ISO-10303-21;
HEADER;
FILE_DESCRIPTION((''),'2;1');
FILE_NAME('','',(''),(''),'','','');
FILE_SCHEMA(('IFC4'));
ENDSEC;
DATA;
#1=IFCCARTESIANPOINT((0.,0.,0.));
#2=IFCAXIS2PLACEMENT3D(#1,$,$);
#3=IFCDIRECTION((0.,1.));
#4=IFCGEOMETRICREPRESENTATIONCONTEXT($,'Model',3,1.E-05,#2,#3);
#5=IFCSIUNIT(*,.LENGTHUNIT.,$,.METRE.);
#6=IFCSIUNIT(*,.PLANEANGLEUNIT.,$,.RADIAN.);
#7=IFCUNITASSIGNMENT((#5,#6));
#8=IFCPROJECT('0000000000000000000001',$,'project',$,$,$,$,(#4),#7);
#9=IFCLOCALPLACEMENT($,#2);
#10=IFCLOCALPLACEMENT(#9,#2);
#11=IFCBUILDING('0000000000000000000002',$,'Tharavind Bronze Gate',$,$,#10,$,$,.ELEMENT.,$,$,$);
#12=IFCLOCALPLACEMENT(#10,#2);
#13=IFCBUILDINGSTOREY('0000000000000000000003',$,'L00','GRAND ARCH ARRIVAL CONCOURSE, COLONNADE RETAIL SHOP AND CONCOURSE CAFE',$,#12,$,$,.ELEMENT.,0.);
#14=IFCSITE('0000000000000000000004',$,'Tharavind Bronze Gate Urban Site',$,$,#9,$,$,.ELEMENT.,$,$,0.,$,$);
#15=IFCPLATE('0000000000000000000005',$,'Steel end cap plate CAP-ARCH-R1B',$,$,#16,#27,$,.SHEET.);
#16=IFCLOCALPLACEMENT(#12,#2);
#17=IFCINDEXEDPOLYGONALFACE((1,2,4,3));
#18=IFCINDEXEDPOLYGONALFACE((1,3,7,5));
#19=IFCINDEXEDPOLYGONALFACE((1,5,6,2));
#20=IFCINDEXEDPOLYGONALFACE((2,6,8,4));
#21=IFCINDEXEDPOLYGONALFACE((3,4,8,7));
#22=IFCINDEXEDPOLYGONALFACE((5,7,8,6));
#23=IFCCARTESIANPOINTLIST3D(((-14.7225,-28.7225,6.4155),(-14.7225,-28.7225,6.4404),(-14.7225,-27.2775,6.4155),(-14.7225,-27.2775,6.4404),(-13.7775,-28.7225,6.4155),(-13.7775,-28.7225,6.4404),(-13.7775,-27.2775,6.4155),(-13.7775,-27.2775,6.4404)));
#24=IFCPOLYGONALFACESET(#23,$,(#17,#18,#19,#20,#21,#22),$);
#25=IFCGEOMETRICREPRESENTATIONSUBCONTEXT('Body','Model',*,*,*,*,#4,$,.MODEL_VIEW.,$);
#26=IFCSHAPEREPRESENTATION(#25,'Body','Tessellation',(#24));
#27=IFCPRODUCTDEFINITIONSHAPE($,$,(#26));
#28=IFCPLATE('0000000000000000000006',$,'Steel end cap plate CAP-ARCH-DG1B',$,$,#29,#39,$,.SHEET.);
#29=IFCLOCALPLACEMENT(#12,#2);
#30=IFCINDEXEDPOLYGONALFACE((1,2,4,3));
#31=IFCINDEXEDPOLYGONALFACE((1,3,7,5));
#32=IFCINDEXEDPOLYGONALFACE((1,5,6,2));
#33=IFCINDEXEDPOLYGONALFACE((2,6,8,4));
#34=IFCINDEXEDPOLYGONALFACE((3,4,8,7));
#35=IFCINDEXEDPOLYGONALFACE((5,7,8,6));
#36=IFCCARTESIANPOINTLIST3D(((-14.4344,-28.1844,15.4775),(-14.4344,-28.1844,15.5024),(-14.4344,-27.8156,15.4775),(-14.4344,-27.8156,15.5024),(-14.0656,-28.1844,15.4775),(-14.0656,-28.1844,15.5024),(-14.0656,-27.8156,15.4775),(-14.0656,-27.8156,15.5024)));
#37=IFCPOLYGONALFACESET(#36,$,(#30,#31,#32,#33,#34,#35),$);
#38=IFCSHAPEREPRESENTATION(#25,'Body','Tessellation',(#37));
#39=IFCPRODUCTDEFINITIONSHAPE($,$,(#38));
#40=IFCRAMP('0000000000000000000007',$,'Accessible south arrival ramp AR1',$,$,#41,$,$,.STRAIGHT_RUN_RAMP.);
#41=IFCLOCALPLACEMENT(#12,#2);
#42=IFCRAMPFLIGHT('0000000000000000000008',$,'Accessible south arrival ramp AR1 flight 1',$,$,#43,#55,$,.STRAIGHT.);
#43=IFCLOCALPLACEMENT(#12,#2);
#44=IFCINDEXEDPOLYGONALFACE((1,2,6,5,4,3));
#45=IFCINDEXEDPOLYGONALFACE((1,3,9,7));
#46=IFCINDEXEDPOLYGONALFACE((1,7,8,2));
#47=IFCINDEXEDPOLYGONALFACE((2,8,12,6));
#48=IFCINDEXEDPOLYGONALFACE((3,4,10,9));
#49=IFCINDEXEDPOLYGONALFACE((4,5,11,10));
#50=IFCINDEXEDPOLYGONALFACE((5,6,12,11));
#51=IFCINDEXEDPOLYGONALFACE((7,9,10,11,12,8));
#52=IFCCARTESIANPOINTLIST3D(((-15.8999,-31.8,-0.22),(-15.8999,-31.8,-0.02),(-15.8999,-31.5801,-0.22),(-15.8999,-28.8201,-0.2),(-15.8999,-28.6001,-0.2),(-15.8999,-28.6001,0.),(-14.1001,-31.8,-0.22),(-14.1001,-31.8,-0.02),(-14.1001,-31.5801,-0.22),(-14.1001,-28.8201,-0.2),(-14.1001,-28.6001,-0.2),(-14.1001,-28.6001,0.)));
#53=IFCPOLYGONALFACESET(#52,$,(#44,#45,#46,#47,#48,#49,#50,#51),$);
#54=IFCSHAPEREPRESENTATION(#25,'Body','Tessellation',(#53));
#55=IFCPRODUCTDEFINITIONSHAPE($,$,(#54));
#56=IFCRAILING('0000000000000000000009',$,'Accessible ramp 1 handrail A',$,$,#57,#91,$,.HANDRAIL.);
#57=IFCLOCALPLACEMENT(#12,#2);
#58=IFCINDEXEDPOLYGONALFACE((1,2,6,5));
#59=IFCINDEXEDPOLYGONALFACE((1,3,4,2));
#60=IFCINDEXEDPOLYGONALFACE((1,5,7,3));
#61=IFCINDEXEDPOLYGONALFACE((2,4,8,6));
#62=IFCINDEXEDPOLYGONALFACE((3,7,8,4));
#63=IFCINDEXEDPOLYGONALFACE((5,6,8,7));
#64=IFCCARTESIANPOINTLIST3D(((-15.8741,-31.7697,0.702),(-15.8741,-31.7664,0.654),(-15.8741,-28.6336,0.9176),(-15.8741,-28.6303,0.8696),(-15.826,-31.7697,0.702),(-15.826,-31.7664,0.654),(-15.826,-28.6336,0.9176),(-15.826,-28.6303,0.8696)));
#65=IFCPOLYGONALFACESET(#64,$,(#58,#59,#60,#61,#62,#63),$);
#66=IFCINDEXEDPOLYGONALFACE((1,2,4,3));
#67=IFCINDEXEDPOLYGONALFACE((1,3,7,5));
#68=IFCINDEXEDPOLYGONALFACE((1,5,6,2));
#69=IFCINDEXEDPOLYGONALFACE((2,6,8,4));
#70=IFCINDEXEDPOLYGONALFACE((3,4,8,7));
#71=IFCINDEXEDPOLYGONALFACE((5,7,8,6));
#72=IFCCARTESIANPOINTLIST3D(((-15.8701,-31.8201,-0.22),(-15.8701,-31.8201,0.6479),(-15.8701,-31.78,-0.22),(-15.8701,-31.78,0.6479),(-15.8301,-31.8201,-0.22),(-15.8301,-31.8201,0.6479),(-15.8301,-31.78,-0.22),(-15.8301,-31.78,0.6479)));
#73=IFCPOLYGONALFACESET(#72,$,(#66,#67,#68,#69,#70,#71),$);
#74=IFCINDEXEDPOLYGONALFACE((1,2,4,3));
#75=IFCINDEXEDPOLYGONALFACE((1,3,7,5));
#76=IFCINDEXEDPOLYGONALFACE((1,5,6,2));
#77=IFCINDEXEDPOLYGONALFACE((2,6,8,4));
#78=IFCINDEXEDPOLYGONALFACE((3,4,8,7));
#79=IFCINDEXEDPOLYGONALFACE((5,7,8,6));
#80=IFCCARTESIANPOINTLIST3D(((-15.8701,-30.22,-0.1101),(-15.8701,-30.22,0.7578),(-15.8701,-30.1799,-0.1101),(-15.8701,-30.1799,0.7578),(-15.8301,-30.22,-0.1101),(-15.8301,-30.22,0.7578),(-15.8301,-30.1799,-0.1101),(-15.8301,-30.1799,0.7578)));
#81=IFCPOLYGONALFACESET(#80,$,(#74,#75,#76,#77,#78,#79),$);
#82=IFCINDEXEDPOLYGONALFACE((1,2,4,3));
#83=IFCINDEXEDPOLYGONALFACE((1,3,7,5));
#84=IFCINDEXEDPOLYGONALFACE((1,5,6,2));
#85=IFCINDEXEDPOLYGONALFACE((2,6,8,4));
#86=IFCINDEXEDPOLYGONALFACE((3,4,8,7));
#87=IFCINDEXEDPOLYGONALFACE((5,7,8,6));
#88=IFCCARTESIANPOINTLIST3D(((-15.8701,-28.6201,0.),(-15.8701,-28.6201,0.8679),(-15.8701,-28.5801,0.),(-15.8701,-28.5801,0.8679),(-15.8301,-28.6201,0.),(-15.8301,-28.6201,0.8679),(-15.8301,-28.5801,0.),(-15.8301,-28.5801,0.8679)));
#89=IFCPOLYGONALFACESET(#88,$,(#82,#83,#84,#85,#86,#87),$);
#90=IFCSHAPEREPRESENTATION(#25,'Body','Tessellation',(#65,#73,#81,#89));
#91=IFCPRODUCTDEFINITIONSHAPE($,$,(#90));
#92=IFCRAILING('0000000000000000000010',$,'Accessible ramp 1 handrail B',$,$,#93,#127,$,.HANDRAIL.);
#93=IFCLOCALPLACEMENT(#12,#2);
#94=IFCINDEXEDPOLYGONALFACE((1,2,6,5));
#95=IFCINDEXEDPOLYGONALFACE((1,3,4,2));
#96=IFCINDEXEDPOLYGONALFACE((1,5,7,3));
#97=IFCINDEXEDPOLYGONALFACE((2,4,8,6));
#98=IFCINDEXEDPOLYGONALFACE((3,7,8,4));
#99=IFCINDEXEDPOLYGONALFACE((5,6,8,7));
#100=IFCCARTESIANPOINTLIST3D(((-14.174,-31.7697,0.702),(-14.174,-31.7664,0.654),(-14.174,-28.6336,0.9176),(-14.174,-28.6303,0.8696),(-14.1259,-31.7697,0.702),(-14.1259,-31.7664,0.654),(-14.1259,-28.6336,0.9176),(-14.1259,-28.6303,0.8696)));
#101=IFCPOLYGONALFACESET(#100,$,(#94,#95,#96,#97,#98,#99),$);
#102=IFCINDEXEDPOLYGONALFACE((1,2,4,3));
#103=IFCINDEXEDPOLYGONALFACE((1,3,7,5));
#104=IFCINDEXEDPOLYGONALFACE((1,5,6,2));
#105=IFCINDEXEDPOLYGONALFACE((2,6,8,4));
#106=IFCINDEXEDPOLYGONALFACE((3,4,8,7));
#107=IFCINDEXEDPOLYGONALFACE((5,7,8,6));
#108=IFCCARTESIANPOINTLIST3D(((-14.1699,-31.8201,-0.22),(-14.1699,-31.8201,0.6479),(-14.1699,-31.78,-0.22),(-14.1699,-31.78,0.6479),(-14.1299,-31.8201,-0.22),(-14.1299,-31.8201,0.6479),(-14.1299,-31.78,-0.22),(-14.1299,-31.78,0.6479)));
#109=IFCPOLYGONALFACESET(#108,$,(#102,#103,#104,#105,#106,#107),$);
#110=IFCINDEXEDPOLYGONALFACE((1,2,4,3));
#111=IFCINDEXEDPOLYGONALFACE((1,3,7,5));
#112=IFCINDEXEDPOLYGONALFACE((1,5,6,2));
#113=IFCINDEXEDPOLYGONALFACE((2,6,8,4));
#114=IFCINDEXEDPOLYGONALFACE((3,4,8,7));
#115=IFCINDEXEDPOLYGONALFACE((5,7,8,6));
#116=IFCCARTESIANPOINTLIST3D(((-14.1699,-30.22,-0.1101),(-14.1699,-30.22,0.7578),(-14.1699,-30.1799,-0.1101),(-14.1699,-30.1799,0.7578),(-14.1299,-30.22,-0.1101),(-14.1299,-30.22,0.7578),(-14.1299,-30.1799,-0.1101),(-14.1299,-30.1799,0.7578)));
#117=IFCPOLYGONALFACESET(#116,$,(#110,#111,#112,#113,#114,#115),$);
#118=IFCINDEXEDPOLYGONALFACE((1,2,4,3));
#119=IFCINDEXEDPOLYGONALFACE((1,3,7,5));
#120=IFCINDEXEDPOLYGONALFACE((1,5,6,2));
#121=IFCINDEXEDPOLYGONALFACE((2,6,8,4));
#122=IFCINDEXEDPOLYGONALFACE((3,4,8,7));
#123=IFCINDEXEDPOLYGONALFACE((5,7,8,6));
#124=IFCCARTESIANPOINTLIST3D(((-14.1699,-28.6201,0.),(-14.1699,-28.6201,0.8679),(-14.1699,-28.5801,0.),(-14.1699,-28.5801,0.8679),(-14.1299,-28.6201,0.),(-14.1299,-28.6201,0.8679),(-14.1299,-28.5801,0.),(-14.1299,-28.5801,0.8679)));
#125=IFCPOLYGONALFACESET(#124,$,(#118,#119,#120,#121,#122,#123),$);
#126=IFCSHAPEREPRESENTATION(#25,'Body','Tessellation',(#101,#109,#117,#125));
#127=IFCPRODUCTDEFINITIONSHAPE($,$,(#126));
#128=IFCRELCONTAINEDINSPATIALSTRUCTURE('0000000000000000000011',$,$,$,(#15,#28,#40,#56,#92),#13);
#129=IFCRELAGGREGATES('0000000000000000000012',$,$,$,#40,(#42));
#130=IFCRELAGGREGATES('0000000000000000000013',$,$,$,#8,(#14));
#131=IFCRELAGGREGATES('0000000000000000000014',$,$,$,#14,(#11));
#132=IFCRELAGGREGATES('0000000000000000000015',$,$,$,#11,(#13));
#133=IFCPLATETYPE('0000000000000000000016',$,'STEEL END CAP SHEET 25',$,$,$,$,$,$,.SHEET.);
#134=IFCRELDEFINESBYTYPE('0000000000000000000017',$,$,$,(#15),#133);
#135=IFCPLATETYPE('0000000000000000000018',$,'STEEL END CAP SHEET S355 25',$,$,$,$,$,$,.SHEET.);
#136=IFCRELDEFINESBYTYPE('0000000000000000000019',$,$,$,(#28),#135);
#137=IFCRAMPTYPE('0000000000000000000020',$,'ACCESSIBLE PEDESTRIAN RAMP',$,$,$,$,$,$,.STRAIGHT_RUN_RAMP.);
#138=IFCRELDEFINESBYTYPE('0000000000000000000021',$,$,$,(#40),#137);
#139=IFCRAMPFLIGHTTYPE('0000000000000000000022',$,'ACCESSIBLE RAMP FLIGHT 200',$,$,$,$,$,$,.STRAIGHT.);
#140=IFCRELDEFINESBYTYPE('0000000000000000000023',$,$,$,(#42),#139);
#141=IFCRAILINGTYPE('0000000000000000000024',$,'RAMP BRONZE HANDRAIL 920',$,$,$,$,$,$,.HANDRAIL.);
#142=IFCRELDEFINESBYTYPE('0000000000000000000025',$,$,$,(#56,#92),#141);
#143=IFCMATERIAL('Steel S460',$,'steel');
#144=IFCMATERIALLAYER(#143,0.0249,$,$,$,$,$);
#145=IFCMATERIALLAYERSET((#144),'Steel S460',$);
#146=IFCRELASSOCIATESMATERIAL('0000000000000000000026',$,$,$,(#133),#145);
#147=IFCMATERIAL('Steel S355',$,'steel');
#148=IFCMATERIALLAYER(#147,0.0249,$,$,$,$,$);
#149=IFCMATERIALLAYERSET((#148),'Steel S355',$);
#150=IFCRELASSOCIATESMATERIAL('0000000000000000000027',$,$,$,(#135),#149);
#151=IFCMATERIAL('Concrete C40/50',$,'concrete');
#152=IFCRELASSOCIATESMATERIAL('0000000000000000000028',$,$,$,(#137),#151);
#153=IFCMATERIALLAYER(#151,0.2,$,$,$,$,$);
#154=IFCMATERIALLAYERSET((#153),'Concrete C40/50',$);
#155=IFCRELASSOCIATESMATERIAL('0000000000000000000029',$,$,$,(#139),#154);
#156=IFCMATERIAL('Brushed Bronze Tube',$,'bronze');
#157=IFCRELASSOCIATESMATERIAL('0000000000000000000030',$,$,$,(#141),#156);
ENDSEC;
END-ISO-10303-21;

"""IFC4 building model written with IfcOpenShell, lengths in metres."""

from ifc_helpers import new_model, si_unit, direction, frame, origin, origin_2d, place, context, subcontext, project, spatial, polyline, rectangle, outline, extrude, material, layer, layer_set, type_object, element, aggregate, save


model = new_model("IFC4")

# Units and contexts
model_context = context("Model", 3, precision=1e-05, world=origin(), true_north=direction((0.0, 1.0)))
body_context = subcontext(model_context, "Body", "Model", "MODEL_VIEW")
ifc_project = project(units=[si_unit("LENGTHUNIT", "METRE"), si_unit("PLANEANGLEUNIT", "RADIAN")], contexts=[model_context])

# Site, building, storey
site_placement = place(None, origin())
site = spatial("IfcSite", under=ifc_project, at=site_placement, Name="Tharavind Bronze Gate Urban Site", CompositionType="ELEMENT", RefElevation=0.0)
building_placement = place(site_placement, origin())
building = spatial("IfcBuilding", under=site, at=building_placement, Name="Tharavind Bronze Gate", CompositionType="ELEMENT")
storey_placement = place(building_placement, origin())
storey = spatial("IfcBuildingStorey", under=building, at=storey_placement, Name="L00", Description="GRAND ARCH ARRIVAL CONCOURSE, COLONNADE RETAIL SHOP AND CONCOURSE CAFE", CompositionType="ELEMENT", Elevation=0.0)

# Shared definitions
ifc_material_1 = material(Name="Steel S460", Category="steel")

# Shared definitions
ifc_material_2 = material(Name="Steel S355", Category="steel")

# Plates
ifc_layer_1 = layer(ifc_material_1, 0.0249)
ifc_layer_set_1 = layer_set([ifc_layer_1], Name="Steel S460")
plate_type_1 = type_object("IfcPlateType", Name="STEEL END CAP SHEET 25", PredefinedType="SHEET", material=ifc_layer_set_1)
plate_1_placement = place(storey_placement, frame((-14.25, -28.0, 6.4155), z_axis=(0.0, 0.0, 1.0), x_axis=(1.0, 0.0, 0.0)))
element("IfcPlate", 1, at=plate_1_placement, inside=storey, type_object=plate_type_1, Name="Steel end cap plate CAP-ARCH-R1B", PredefinedType="SHEET", context=body_context, shape_type="SweptSolid", body=[
    extrude(rectangle(XDim=0.9451, YDim=1.4451, at=origin_2d()), origin(), (0.0, 0.0, 1.0), 0.0249),
])
ifc_layer_2 = layer(ifc_material_2, 0.0249)
ifc_layer_set_2 = layer_set([ifc_layer_2], Name="Steel S355")
plate_type_2 = type_object("IfcPlateType", Name="STEEL END CAP SHEET S355 25", PredefinedType="SHEET", material=ifc_layer_set_2)
plate_2_placement = place(storey_placement, frame((-14.25, -28.0, 15.4775), z_axis=(0.0, 0.0, 1.0), x_axis=(1.0, 0.0, 0.0)))
element("IfcPlate", 2, at=plate_2_placement, inside=storey, type_object=plate_type_2, Name="Steel end cap plate CAP-ARCH-DG1B", PredefinedType="SHEET", context=body_context, shape_type="SweptSolid", body=[
    extrude(rectangle(XDim=0.3689, YDim=0.3689, at=origin_2d()), origin(), (0.0, 0.0, 1.0), 0.0249),
])

# Ramp, ramp flight
ifc_material_3 = material(Name="Concrete C40/50", Category="concrete")
ramp_type = type_object("IfcRampType", Name="ACCESSIBLE PEDESTRIAN RAMP", PredefinedType="STRAIGHT_RUN_RAMP", material=ifc_material_3)
ramp_placement = place(storey_placement, origin())
ramp = element("IfcRamp", 3, at=ramp_placement, inside=storey, type_object=ramp_type, Name="Accessible south arrival ramp AR1", PredefinedType="STRAIGHT_RUN_RAMP")
ifc_layer_3 = layer(ifc_material_3, 0.2)
ifc_layer_set_3 = layer_set([ifc_layer_3], Name="Concrete C40/50")
ramp_flight_type = type_object("IfcRampFlightType", Name="ACCESSIBLE RAMP FLIGHT 200", PredefinedType="STRAIGHT", material=ifc_layer_set_3)
ramp_flight_placement = place(storey_placement, frame((-15.0, -31.8, -0.22), z_axis=(0.0, 0.0, 1.0), x_axis=(0.0, 1.0, 0.0)))
ramp_flight = element("IfcRampFlight", 4, at=ramp_flight_placement, type_object=ramp_flight_type, Name="Accessible south arrival ramp AR1 flight 1", PredefinedType="STRAIGHT", context=body_context, shape_type="SweptSolid", body=[
    extrude(outline(polyline([(0.0, 0.0), (0.22, 0.0), (2.98, 0.02), (3.2, 0.02), (3.2, 0.22), (0.0, 0.2), (0.0, 0.0)])), frame((0.0, 0.8999, 0.0), z_axis=(0.0, -1.0, 0.0), x_axis=(1.0, 0.0, 0.0)), (0.0, 0.0, 1.0), 1.7998),
])
aggregate(ramp, [ramp_flight])

# Railings
ifc_material_4 = material(Name="Brushed Bronze Tube", Category="bronze")
railing_type = type_object("IfcRailingType", Name="RAMP BRONZE HANDRAIL 920", PredefinedType="HANDRAIL", material=ifc_material_4)
for number, where, name in (
    (5, (-15.8501, -31.8, -0.22), "Accessible ramp 1 handrail A"),
    (6, (-14.1499, -31.8, -0.22), "Accessible ramp 1 handrail B"),
):
    element("IfcRailing", number, at=place(storey_placement, frame(where)), inside=storey, type_object=railing_type, Name=name, PredefinedType="HANDRAIL", context=body_context, shape_type="SweptSolid", body=[
        extrude(rectangle(XDim=0.0481, YDim=0.0481, at=origin_2d()), frame((0.0, 0.032, 0.8979), z_axis=(0.0, 0.997646, 0.06858), x_axis=(-1.0, 0.0, 0.0)), (0.0, 0.0, 1.0), 3.1436),
        extrude(rectangle(XDim=0.04, YDim=0.04, at=origin_2d()), origin(), (0.0, 0.0, 1.0), 0.8679),
        extrude(rectangle(XDim=0.04, YDim=0.04, at=origin_2d()), frame((0.0, 1.6001, 0.1099)), (0.0, 0.0, 1.0), 0.8679),
        extrude(rectangle(XDim=0.04, YDim=0.04, at=origin_2d()), frame((0.0, 3.2, 0.22)), (0.0, 0.0, 1.0), 0.8679),
    ])

save(model, "model.ifc")
